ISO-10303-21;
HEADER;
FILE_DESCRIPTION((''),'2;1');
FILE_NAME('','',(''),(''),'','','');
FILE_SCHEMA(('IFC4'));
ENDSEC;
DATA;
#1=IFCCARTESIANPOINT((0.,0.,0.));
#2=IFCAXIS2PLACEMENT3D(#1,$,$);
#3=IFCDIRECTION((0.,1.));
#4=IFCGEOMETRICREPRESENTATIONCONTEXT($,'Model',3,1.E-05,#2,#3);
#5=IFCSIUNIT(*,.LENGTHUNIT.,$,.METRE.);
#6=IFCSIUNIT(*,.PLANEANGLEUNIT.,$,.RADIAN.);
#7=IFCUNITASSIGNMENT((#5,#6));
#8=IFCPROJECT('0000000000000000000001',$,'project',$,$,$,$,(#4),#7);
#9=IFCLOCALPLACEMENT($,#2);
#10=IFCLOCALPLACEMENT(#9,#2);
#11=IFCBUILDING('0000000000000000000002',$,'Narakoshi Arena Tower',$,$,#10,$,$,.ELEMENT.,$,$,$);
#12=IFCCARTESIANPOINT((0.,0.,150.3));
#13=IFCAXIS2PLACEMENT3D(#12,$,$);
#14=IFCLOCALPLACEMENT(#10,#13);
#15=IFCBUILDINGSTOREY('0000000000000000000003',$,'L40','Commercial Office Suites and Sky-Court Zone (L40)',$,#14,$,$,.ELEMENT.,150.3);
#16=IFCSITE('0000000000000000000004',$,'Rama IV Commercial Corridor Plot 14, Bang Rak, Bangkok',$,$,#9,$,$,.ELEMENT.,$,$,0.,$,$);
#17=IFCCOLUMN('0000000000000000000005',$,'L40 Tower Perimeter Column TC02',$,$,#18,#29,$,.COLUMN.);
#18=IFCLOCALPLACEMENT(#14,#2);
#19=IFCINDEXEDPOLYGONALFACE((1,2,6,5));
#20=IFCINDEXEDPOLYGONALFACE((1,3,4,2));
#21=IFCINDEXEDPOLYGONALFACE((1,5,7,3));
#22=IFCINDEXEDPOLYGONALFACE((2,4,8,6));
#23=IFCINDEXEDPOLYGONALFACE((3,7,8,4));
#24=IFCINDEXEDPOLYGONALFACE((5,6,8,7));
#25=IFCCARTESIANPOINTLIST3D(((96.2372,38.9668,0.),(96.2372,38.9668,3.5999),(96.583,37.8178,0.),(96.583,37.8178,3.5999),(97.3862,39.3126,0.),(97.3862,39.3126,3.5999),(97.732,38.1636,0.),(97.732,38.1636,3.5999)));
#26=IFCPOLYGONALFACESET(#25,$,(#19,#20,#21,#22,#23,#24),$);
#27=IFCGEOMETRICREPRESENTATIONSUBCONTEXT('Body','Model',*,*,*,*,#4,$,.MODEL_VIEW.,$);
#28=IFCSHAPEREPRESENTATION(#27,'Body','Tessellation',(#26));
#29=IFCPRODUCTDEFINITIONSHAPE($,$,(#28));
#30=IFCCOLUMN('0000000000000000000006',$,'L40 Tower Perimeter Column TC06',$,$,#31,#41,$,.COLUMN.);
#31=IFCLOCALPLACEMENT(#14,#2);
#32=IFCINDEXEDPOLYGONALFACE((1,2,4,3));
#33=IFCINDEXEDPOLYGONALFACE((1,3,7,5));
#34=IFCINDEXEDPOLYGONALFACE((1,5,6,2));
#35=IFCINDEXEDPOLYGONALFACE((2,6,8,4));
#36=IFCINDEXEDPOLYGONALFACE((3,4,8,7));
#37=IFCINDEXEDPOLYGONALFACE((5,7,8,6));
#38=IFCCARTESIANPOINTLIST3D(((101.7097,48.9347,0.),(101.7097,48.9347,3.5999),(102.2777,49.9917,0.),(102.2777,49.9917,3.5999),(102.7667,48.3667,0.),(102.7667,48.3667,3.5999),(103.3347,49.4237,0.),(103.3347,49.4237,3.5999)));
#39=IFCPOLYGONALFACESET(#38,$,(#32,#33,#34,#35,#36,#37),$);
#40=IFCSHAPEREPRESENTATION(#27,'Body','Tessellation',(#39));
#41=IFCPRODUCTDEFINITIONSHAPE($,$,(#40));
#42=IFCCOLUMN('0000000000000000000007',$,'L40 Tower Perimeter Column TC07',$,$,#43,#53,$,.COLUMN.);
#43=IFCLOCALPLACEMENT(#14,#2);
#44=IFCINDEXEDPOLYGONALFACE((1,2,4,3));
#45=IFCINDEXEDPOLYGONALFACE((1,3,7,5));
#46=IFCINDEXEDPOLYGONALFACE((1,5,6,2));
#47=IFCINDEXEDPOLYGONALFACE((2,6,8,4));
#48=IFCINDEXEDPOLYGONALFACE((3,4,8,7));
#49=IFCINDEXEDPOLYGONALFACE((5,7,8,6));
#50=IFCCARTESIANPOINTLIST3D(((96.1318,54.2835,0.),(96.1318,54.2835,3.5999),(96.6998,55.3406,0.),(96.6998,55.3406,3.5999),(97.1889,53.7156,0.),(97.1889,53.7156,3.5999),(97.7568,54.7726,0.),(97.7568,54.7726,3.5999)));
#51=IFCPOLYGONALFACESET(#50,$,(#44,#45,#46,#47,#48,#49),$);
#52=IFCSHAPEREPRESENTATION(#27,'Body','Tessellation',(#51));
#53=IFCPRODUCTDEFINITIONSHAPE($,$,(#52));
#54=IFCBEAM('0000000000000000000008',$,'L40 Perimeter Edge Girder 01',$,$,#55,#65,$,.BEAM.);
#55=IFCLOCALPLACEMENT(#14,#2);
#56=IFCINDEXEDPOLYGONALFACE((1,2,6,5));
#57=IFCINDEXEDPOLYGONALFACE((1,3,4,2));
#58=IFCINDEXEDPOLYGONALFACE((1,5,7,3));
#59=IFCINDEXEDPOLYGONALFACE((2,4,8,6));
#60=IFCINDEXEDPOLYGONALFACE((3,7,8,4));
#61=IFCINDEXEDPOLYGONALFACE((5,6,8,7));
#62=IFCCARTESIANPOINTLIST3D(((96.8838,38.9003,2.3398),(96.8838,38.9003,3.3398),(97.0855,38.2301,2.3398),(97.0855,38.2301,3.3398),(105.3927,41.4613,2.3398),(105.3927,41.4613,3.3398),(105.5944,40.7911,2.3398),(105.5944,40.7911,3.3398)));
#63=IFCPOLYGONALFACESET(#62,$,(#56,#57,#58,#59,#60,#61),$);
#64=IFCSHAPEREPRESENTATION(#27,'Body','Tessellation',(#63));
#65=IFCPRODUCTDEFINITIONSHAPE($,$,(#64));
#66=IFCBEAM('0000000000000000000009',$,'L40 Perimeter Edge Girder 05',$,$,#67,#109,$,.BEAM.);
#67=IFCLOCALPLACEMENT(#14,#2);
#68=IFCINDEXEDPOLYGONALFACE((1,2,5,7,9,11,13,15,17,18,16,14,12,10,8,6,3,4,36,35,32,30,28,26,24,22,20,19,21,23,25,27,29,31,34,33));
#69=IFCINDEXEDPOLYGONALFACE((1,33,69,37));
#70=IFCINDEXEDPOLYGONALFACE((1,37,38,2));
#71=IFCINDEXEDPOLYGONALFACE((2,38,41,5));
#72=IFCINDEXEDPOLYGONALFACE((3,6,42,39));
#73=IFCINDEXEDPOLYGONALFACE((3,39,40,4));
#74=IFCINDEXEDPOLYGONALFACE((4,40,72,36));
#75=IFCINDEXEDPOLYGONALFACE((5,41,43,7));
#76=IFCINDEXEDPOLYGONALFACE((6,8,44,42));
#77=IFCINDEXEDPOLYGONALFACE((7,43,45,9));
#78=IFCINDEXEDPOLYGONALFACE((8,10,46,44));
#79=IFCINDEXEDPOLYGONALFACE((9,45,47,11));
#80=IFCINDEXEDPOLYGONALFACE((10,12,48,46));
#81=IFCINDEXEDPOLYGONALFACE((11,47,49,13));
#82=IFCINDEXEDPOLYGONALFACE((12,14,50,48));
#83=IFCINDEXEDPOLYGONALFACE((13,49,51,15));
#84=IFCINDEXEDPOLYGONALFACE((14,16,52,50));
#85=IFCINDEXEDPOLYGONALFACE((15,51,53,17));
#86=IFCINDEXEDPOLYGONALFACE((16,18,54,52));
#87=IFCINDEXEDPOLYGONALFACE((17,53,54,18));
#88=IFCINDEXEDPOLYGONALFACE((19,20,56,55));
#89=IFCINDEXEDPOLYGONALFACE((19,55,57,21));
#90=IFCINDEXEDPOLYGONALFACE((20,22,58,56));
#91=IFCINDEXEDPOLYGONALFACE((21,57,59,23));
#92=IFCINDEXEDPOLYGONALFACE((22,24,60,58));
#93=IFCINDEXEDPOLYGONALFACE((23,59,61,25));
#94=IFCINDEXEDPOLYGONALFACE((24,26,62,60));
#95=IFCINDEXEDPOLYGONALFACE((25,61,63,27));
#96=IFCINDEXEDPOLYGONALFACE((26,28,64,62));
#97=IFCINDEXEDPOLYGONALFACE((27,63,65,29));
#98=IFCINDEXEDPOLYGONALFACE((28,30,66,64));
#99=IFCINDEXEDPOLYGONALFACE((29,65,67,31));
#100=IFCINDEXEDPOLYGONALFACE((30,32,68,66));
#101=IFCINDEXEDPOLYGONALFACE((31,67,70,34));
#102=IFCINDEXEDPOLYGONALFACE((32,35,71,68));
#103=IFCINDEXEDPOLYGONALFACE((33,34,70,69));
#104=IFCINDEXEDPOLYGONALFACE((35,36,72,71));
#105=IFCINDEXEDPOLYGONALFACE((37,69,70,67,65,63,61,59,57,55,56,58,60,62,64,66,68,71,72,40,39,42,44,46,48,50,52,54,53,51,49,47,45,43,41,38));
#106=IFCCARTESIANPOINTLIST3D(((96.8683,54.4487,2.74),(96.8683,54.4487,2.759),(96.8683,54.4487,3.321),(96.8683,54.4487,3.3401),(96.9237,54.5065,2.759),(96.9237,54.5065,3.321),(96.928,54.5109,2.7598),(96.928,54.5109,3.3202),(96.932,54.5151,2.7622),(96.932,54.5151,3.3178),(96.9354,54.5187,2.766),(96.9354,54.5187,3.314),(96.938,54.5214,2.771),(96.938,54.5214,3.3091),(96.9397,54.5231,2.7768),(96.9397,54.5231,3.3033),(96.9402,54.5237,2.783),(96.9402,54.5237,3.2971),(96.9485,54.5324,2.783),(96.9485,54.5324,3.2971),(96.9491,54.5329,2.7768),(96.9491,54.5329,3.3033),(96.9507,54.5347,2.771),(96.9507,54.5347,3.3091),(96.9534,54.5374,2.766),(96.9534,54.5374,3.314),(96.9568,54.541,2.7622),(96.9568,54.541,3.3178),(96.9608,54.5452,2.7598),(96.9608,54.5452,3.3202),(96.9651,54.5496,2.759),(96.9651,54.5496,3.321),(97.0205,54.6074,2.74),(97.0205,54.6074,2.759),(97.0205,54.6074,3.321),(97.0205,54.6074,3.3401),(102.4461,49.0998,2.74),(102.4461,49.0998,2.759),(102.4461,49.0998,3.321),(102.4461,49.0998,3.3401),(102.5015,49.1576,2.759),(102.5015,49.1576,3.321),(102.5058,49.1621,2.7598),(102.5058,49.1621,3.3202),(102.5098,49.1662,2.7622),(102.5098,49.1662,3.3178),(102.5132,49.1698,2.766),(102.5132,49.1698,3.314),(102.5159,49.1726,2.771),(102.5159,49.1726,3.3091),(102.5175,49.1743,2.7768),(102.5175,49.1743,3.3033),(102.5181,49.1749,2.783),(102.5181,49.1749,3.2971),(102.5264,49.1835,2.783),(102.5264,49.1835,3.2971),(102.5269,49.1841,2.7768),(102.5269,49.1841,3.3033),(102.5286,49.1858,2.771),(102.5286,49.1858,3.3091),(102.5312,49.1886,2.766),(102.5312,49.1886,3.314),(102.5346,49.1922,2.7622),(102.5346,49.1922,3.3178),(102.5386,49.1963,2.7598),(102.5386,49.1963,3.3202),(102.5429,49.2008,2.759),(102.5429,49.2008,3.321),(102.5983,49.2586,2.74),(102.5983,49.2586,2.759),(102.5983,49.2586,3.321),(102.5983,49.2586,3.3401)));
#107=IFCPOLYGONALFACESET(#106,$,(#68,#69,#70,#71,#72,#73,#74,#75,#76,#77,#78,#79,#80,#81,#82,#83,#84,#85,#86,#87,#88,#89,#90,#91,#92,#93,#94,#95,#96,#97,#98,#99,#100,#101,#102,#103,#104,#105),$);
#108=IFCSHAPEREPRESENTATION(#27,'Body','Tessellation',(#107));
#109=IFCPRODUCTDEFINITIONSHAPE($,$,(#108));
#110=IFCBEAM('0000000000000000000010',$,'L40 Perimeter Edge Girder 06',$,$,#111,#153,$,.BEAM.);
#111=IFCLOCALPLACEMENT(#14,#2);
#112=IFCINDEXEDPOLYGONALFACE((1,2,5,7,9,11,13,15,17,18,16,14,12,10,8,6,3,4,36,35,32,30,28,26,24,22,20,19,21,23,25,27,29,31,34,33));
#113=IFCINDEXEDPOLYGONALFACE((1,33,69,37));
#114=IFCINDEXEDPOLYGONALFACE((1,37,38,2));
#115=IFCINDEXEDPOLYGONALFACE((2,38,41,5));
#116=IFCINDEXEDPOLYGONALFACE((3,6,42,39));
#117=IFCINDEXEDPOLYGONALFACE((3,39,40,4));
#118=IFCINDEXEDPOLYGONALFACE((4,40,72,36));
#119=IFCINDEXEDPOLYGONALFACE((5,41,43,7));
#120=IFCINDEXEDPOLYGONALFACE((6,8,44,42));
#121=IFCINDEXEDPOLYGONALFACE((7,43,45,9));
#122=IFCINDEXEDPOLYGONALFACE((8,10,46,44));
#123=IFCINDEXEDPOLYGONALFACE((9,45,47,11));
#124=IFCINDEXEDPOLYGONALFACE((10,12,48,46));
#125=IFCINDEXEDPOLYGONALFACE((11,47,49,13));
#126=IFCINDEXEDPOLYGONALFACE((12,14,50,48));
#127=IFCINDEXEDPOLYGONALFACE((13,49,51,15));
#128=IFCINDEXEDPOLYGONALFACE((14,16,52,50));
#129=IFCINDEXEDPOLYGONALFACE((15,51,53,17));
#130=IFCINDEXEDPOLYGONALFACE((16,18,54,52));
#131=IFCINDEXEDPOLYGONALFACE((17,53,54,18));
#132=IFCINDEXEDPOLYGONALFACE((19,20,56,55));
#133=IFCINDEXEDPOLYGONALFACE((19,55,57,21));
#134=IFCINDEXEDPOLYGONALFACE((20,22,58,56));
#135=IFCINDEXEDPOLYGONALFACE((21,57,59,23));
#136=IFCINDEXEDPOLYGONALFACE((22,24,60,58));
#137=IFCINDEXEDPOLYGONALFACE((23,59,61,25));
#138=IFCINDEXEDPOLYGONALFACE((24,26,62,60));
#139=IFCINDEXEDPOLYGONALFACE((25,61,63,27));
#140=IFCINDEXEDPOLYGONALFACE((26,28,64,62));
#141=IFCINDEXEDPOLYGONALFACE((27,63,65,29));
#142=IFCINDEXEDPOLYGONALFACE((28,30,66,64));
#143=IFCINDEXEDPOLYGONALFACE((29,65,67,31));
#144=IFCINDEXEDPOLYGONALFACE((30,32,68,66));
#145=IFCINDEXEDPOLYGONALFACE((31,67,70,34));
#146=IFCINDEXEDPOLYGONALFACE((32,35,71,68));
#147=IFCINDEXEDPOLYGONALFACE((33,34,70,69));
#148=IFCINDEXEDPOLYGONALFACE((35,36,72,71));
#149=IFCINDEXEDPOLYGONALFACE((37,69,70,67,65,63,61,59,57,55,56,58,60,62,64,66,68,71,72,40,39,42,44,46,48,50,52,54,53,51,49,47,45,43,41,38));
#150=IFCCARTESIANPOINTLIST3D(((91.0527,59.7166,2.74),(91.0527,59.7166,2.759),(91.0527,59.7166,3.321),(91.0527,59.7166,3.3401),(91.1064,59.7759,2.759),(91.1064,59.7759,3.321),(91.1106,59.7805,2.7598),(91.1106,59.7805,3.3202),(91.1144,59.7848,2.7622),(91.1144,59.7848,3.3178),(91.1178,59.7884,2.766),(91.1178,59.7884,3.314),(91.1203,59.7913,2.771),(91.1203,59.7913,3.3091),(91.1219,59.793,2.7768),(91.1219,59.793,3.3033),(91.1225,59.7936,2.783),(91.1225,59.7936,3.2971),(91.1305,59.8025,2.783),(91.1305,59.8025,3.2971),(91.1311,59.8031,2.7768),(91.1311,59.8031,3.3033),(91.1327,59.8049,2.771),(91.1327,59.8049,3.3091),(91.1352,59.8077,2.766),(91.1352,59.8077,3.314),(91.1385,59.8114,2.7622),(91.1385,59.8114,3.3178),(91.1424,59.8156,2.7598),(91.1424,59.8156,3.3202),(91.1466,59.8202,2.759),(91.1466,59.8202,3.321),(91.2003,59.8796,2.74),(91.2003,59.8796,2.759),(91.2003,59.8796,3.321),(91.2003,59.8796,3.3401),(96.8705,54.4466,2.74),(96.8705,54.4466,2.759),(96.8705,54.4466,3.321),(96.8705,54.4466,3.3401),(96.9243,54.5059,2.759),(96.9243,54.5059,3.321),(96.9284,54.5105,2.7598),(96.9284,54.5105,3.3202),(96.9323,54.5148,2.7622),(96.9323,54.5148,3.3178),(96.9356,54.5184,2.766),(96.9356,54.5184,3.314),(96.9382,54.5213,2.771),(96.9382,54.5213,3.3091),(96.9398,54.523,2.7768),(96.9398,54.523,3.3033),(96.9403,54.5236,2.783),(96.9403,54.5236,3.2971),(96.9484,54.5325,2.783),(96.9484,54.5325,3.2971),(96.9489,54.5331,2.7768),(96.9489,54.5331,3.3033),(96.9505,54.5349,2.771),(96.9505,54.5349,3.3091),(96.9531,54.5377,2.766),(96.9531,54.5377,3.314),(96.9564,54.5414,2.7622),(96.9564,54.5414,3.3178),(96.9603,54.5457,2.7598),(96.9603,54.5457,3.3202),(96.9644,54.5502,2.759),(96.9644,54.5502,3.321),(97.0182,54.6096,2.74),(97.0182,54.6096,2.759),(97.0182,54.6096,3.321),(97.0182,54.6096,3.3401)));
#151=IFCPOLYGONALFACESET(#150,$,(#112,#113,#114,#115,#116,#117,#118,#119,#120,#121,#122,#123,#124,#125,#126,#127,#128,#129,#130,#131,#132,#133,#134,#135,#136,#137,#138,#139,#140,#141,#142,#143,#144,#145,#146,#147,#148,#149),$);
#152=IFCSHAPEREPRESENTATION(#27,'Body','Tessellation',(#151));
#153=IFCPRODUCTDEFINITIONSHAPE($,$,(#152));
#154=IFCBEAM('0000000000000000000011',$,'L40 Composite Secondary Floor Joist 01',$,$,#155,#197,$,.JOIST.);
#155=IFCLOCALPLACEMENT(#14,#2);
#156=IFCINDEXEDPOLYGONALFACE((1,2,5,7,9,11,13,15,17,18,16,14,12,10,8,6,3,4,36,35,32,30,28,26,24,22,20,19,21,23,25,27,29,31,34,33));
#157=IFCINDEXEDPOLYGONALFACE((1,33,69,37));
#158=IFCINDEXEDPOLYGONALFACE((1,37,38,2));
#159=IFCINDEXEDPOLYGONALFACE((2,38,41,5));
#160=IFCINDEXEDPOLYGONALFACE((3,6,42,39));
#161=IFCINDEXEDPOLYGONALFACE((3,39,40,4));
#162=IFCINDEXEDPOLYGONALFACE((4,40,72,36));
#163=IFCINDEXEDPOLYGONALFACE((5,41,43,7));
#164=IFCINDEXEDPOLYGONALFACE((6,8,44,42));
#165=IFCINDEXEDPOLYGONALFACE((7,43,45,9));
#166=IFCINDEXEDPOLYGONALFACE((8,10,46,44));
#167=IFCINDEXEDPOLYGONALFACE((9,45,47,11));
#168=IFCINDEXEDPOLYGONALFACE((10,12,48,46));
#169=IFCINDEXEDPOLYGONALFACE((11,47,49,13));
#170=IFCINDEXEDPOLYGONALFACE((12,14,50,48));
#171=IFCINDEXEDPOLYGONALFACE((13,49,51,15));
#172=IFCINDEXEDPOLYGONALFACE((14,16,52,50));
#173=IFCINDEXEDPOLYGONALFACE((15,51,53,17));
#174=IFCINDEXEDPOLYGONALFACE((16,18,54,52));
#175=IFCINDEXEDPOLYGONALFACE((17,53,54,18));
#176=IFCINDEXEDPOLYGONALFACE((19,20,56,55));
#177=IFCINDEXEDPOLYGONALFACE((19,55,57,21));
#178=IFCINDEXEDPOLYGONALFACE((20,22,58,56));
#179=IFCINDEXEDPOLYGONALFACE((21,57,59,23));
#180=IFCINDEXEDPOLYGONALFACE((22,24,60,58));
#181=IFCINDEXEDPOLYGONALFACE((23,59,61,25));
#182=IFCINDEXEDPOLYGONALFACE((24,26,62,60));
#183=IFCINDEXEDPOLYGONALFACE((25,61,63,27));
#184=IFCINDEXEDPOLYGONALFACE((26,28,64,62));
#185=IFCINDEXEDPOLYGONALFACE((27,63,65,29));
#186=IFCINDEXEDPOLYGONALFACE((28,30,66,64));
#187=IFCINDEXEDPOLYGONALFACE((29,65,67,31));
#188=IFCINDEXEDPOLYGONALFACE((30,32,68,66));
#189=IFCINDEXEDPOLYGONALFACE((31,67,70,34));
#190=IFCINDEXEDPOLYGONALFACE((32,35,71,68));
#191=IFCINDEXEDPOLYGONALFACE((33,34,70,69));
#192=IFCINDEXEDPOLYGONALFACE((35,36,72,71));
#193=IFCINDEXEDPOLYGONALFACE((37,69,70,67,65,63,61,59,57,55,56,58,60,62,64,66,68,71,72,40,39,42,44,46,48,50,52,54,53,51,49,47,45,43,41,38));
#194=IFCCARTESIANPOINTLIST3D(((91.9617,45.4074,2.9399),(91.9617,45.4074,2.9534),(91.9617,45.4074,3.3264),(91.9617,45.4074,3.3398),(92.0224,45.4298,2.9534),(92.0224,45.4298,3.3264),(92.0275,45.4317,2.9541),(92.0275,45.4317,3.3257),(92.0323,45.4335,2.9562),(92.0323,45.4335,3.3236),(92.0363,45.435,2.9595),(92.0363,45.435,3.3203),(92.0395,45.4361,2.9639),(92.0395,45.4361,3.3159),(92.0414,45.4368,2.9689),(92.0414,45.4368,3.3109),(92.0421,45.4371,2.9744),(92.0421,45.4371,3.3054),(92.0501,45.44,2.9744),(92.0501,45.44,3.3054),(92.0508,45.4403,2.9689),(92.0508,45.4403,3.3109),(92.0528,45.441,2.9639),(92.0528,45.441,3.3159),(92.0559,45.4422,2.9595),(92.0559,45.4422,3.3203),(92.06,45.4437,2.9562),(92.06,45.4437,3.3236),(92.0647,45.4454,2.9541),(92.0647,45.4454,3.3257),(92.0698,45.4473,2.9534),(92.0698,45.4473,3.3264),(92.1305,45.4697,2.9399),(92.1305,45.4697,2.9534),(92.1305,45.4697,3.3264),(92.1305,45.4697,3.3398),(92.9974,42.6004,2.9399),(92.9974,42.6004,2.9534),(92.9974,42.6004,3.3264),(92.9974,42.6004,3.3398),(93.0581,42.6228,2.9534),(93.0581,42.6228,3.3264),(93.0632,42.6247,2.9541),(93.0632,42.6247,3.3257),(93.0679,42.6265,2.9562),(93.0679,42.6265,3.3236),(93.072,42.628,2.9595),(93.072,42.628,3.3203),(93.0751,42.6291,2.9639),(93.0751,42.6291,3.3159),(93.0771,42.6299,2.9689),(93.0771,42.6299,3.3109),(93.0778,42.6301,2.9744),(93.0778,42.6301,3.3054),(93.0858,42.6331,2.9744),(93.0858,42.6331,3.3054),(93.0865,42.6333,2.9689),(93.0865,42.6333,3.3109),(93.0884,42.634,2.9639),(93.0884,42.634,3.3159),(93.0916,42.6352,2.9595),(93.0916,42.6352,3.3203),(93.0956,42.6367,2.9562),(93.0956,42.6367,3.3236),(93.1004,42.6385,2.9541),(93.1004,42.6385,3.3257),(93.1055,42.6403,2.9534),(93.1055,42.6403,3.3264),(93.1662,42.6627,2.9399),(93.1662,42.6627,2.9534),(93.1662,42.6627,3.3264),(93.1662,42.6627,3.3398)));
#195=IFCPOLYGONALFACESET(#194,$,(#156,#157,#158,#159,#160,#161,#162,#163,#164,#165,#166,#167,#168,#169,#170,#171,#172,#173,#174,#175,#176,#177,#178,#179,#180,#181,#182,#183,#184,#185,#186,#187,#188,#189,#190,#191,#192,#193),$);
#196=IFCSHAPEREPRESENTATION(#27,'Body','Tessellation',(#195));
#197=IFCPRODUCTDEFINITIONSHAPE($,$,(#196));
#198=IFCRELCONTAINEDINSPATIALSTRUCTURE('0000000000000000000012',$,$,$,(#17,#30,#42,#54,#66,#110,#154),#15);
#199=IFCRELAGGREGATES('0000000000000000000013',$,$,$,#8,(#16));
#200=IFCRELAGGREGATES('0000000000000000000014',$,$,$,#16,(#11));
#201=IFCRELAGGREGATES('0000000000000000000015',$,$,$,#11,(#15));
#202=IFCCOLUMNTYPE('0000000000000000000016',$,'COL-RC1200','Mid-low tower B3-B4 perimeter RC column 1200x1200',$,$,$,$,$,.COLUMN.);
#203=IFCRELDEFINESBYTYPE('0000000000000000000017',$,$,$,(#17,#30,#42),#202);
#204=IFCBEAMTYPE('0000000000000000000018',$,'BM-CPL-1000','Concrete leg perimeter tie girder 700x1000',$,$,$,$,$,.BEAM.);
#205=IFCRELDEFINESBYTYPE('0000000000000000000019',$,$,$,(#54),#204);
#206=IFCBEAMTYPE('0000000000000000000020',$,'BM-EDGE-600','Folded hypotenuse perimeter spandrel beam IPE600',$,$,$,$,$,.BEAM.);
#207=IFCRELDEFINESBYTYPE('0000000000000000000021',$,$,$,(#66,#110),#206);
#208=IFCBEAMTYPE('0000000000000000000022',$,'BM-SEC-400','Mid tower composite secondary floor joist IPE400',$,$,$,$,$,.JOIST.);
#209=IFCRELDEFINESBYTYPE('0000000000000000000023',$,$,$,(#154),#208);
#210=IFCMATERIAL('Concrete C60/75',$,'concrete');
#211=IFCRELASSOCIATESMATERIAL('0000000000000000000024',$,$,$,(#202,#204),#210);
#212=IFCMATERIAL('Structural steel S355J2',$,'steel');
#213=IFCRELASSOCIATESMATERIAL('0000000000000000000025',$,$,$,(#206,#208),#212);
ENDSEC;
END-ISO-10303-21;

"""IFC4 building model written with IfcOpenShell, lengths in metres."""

from ifc_helpers import new_model, si_unit, direction, frame, origin, origin_2d, place, context, subcontext, project, spatial, rectangle, i_section, extrude, material, material_profile, profile_set, type_object, element, save


model = new_model("IFC4")

# Units and contexts
model_context = context("Model", 3, precision=1e-05, world=origin(), true_north=direction((0.0, 1.0)))
body_context = subcontext(model_context, "Body", "Model", "MODEL_VIEW")
ifc_project = project(units=[si_unit("LENGTHUNIT", "METRE"), si_unit("PLANEANGLEUNIT", "RADIAN")], contexts=[model_context])

# Site, building, storey
site_placement = place(None, origin())
site = spatial("IfcSite", under=ifc_project, at=site_placement, Name="Rama IV Commercial Corridor Plot 14, Bang Rak, Bangkok", CompositionType="ELEMENT", RefElevation=0.0)
building_placement = place(site_placement, origin())
building = spatial("IfcBuilding", under=site, at=building_placement, Name="Narakoshi Arena Tower", CompositionType="ELEMENT")
storey_placement = place(building_placement, frame((0.0, 0.0, 150.3)))
storey = spatial("IfcBuildingStorey", under=building, at=storey_placement, Name="L40", Description="Commercial Office Suites and Sky-Court Zone (L40)", CompositionType="ELEMENT", Elevation=150.3)

# Columns
ifc_material_1 = material(Name="Concrete C60/75", Category="concrete")
ifc_material_profile_1 = material_profile(ifc_material_1, rectangle(XDim=1.2, YDim=1.2, at=origin_2d()), Name="RC1200x1200")
ifc_profile_set_1 = profile_set([ifc_material_profile_1], Name="Concrete C60/75")
column_type = type_object("IfcColumnType", Name="COL-RC1200", Description="Mid-low tower B3-B4 perimeter RC column 1200x1200", PredefinedType="COLUMN", material=ifc_profile_set_1)
for number, where, z_axis, x_axis, name in (
    (1, (96.9846, 38.5652, 0.0), (0.0, 0.0, 1.0), (0.957571, 0.288196, 0.0), "L40 Tower Perimeter Column TC02"),
    (2, (102.5222, 49.1792, 0.0), (0.0, 0.0, 1.0), (0.47332, 0.880891, 0.0), "L40 Tower Perimeter Column TC06"),
    (3, (96.9443, 54.5281, 0.0), (0.0, 0.0, 1.0), (0.47332, 0.880891, 0.0), "L40 Tower Perimeter Column TC07"),
):
    element("IfcColumn", number, at=place(storey_placement, frame(where, z_axis=z_axis, x_axis=x_axis)), inside=storey, type_object=column_type, Name=name, PredefinedType="COLUMN", context=body_context, shape_type="SweptSolid", body=[
        extrude(rectangle(XDim=1.2, YDim=1.2, at=origin_2d()), origin(), (0.0, 0.0, 1.0), 3.5999),
    ])

# Beams
ifc_material_profile_2 = material_profile(ifc_material_1, rectangle(XDim=0.7, YDim=1.0, at=origin_2d()), Name="RCB700x1000")
ifc_profile_set_2 = profile_set([ifc_material_profile_2], Name="Concrete C60/75")
beam_type_1 = type_object("IfcBeamType", Name="BM-CPL-1000", Description="Concrete leg perimeter tie girder 700x1000", PredefinedType="BEAM", material=ifc_profile_set_2)
beam_1_placement = place(storey_placement, frame((96.9846, 38.5652, 2.8398), z_axis=(0.957568, 0.288207, 0.0), x_axis=(-0.288207, 0.957568, 0.0)))
element("IfcBeam", 4, at=beam_1_placement, inside=storey, type_object=beam_type_1, Name="L40 Perimeter Edge Girder 01", PredefinedType="BEAM", context=body_context, shape_type="SweptSolid", body=[
    extrude(rectangle(XDim=0.7, YDim=1.0, at=origin_2d()), origin(), (0.0, 0.0, 1.0), 8.886),
])
ifc_material_2 = material(Name="Structural steel S355J2", Category="steel")
ifc_material_profile_3 = material_profile(ifc_material_2, i_section(OverallWidth=0.22, OverallDepth=0.6001, WebThickness=0.012, FlangeThickness=0.019, FilletRadius=0.0239, at=origin_2d()), Name="IPE600")
ifc_profile_set_3 = profile_set([ifc_material_profile_3], Name="Structural steel S355J2")
beam_type_2 = type_object("IfcBeamType", Name="BM-EDGE-600", Description="Folded hypotenuse perimeter spandrel beam IPE600", PredefinedType="BEAM", material=ifc_profile_set_3)
beam_2_placement = place(storey_placement, frame((102.5222, 49.1792, 3.04), z_axis=(-0.721768, 0.692135, 0.0), x_axis=(-0.692135, -0.721768, 0.0)))
element("IfcBeam", 5, at=beam_2_placement, inside=storey, type_object=beam_type_2, Name="L40 Perimeter Edge Girder 05", PredefinedType="BEAM", context=body_context, shape_type="SweptSolid", body=[
    extrude(i_section(OverallWidth=0.22, OverallDepth=0.6001, WebThickness=0.012, FlangeThickness=0.019, FilletRadius=0.0239, at=origin_2d()), origin(), (0.0, 0.0, 1.0), 7.728),
])
beam_3_placement = place(storey_placement, frame((96.9443, 54.5281, 3.04), z_axis=(-0.741141, 0.67135, 0.0), x_axis=(-0.67135, -0.741141, 0.0)))
element("IfcBeam", 6, at=beam_3_placement, inside=storey, type_object=beam_type_2, Name="L40 Perimeter Edge Girder 06", PredefinedType="BEAM", context=body_context, shape_type="SweptSolid", body=[
    extrude(i_section(OverallWidth=0.22, OverallDepth=0.6001, WebThickness=0.012, FlangeThickness=0.019, FilletRadius=0.0239, at=origin_2d()), origin(), (0.0, 0.0, 1.0), 7.8499),
])
ifc_material_profile_4 = material_profile(ifc_material_2, i_section(OverallWidth=0.1799, OverallDepth=0.3999, WebThickness=0.0085, FlangeThickness=0.0134, FilletRadius=0.021, at=origin_2d()), Name="IPE400")
ifc_profile_set_4 = profile_set([ifc_material_profile_4], Name="Structural steel S355J2")
beam_type_3 = type_object("IfcBeamType", Name="BM-SEC-400", Description="Mid tower composite secondary floor joist IPE400", PredefinedType="JOIST", material=ifc_profile_set_4)
beam_4_placement = place(storey_placement, frame((93.0818, 42.6316, 3.1399), z_axis=(-0.346155, 0.938177, 0.0), x_axis=(-0.938177, -0.346155, 0.0)))
element("IfcBeam", 7, at=beam_4_placement, inside=storey, type_object=beam_type_3, Name="L40 Composite Secondary Floor Joist 01", PredefinedType="JOIST", context=body_context, shape_type="SweptSolid", body=[
    extrude(i_section(OverallWidth=0.1799, OverallDepth=0.3999, WebThickness=0.0085, FlangeThickness=0.0134, FilletRadius=0.021, at=origin_2d()), origin(), (0.0, 0.0, 1.0), 2.9919),
])

save(model, "model.ifc")
